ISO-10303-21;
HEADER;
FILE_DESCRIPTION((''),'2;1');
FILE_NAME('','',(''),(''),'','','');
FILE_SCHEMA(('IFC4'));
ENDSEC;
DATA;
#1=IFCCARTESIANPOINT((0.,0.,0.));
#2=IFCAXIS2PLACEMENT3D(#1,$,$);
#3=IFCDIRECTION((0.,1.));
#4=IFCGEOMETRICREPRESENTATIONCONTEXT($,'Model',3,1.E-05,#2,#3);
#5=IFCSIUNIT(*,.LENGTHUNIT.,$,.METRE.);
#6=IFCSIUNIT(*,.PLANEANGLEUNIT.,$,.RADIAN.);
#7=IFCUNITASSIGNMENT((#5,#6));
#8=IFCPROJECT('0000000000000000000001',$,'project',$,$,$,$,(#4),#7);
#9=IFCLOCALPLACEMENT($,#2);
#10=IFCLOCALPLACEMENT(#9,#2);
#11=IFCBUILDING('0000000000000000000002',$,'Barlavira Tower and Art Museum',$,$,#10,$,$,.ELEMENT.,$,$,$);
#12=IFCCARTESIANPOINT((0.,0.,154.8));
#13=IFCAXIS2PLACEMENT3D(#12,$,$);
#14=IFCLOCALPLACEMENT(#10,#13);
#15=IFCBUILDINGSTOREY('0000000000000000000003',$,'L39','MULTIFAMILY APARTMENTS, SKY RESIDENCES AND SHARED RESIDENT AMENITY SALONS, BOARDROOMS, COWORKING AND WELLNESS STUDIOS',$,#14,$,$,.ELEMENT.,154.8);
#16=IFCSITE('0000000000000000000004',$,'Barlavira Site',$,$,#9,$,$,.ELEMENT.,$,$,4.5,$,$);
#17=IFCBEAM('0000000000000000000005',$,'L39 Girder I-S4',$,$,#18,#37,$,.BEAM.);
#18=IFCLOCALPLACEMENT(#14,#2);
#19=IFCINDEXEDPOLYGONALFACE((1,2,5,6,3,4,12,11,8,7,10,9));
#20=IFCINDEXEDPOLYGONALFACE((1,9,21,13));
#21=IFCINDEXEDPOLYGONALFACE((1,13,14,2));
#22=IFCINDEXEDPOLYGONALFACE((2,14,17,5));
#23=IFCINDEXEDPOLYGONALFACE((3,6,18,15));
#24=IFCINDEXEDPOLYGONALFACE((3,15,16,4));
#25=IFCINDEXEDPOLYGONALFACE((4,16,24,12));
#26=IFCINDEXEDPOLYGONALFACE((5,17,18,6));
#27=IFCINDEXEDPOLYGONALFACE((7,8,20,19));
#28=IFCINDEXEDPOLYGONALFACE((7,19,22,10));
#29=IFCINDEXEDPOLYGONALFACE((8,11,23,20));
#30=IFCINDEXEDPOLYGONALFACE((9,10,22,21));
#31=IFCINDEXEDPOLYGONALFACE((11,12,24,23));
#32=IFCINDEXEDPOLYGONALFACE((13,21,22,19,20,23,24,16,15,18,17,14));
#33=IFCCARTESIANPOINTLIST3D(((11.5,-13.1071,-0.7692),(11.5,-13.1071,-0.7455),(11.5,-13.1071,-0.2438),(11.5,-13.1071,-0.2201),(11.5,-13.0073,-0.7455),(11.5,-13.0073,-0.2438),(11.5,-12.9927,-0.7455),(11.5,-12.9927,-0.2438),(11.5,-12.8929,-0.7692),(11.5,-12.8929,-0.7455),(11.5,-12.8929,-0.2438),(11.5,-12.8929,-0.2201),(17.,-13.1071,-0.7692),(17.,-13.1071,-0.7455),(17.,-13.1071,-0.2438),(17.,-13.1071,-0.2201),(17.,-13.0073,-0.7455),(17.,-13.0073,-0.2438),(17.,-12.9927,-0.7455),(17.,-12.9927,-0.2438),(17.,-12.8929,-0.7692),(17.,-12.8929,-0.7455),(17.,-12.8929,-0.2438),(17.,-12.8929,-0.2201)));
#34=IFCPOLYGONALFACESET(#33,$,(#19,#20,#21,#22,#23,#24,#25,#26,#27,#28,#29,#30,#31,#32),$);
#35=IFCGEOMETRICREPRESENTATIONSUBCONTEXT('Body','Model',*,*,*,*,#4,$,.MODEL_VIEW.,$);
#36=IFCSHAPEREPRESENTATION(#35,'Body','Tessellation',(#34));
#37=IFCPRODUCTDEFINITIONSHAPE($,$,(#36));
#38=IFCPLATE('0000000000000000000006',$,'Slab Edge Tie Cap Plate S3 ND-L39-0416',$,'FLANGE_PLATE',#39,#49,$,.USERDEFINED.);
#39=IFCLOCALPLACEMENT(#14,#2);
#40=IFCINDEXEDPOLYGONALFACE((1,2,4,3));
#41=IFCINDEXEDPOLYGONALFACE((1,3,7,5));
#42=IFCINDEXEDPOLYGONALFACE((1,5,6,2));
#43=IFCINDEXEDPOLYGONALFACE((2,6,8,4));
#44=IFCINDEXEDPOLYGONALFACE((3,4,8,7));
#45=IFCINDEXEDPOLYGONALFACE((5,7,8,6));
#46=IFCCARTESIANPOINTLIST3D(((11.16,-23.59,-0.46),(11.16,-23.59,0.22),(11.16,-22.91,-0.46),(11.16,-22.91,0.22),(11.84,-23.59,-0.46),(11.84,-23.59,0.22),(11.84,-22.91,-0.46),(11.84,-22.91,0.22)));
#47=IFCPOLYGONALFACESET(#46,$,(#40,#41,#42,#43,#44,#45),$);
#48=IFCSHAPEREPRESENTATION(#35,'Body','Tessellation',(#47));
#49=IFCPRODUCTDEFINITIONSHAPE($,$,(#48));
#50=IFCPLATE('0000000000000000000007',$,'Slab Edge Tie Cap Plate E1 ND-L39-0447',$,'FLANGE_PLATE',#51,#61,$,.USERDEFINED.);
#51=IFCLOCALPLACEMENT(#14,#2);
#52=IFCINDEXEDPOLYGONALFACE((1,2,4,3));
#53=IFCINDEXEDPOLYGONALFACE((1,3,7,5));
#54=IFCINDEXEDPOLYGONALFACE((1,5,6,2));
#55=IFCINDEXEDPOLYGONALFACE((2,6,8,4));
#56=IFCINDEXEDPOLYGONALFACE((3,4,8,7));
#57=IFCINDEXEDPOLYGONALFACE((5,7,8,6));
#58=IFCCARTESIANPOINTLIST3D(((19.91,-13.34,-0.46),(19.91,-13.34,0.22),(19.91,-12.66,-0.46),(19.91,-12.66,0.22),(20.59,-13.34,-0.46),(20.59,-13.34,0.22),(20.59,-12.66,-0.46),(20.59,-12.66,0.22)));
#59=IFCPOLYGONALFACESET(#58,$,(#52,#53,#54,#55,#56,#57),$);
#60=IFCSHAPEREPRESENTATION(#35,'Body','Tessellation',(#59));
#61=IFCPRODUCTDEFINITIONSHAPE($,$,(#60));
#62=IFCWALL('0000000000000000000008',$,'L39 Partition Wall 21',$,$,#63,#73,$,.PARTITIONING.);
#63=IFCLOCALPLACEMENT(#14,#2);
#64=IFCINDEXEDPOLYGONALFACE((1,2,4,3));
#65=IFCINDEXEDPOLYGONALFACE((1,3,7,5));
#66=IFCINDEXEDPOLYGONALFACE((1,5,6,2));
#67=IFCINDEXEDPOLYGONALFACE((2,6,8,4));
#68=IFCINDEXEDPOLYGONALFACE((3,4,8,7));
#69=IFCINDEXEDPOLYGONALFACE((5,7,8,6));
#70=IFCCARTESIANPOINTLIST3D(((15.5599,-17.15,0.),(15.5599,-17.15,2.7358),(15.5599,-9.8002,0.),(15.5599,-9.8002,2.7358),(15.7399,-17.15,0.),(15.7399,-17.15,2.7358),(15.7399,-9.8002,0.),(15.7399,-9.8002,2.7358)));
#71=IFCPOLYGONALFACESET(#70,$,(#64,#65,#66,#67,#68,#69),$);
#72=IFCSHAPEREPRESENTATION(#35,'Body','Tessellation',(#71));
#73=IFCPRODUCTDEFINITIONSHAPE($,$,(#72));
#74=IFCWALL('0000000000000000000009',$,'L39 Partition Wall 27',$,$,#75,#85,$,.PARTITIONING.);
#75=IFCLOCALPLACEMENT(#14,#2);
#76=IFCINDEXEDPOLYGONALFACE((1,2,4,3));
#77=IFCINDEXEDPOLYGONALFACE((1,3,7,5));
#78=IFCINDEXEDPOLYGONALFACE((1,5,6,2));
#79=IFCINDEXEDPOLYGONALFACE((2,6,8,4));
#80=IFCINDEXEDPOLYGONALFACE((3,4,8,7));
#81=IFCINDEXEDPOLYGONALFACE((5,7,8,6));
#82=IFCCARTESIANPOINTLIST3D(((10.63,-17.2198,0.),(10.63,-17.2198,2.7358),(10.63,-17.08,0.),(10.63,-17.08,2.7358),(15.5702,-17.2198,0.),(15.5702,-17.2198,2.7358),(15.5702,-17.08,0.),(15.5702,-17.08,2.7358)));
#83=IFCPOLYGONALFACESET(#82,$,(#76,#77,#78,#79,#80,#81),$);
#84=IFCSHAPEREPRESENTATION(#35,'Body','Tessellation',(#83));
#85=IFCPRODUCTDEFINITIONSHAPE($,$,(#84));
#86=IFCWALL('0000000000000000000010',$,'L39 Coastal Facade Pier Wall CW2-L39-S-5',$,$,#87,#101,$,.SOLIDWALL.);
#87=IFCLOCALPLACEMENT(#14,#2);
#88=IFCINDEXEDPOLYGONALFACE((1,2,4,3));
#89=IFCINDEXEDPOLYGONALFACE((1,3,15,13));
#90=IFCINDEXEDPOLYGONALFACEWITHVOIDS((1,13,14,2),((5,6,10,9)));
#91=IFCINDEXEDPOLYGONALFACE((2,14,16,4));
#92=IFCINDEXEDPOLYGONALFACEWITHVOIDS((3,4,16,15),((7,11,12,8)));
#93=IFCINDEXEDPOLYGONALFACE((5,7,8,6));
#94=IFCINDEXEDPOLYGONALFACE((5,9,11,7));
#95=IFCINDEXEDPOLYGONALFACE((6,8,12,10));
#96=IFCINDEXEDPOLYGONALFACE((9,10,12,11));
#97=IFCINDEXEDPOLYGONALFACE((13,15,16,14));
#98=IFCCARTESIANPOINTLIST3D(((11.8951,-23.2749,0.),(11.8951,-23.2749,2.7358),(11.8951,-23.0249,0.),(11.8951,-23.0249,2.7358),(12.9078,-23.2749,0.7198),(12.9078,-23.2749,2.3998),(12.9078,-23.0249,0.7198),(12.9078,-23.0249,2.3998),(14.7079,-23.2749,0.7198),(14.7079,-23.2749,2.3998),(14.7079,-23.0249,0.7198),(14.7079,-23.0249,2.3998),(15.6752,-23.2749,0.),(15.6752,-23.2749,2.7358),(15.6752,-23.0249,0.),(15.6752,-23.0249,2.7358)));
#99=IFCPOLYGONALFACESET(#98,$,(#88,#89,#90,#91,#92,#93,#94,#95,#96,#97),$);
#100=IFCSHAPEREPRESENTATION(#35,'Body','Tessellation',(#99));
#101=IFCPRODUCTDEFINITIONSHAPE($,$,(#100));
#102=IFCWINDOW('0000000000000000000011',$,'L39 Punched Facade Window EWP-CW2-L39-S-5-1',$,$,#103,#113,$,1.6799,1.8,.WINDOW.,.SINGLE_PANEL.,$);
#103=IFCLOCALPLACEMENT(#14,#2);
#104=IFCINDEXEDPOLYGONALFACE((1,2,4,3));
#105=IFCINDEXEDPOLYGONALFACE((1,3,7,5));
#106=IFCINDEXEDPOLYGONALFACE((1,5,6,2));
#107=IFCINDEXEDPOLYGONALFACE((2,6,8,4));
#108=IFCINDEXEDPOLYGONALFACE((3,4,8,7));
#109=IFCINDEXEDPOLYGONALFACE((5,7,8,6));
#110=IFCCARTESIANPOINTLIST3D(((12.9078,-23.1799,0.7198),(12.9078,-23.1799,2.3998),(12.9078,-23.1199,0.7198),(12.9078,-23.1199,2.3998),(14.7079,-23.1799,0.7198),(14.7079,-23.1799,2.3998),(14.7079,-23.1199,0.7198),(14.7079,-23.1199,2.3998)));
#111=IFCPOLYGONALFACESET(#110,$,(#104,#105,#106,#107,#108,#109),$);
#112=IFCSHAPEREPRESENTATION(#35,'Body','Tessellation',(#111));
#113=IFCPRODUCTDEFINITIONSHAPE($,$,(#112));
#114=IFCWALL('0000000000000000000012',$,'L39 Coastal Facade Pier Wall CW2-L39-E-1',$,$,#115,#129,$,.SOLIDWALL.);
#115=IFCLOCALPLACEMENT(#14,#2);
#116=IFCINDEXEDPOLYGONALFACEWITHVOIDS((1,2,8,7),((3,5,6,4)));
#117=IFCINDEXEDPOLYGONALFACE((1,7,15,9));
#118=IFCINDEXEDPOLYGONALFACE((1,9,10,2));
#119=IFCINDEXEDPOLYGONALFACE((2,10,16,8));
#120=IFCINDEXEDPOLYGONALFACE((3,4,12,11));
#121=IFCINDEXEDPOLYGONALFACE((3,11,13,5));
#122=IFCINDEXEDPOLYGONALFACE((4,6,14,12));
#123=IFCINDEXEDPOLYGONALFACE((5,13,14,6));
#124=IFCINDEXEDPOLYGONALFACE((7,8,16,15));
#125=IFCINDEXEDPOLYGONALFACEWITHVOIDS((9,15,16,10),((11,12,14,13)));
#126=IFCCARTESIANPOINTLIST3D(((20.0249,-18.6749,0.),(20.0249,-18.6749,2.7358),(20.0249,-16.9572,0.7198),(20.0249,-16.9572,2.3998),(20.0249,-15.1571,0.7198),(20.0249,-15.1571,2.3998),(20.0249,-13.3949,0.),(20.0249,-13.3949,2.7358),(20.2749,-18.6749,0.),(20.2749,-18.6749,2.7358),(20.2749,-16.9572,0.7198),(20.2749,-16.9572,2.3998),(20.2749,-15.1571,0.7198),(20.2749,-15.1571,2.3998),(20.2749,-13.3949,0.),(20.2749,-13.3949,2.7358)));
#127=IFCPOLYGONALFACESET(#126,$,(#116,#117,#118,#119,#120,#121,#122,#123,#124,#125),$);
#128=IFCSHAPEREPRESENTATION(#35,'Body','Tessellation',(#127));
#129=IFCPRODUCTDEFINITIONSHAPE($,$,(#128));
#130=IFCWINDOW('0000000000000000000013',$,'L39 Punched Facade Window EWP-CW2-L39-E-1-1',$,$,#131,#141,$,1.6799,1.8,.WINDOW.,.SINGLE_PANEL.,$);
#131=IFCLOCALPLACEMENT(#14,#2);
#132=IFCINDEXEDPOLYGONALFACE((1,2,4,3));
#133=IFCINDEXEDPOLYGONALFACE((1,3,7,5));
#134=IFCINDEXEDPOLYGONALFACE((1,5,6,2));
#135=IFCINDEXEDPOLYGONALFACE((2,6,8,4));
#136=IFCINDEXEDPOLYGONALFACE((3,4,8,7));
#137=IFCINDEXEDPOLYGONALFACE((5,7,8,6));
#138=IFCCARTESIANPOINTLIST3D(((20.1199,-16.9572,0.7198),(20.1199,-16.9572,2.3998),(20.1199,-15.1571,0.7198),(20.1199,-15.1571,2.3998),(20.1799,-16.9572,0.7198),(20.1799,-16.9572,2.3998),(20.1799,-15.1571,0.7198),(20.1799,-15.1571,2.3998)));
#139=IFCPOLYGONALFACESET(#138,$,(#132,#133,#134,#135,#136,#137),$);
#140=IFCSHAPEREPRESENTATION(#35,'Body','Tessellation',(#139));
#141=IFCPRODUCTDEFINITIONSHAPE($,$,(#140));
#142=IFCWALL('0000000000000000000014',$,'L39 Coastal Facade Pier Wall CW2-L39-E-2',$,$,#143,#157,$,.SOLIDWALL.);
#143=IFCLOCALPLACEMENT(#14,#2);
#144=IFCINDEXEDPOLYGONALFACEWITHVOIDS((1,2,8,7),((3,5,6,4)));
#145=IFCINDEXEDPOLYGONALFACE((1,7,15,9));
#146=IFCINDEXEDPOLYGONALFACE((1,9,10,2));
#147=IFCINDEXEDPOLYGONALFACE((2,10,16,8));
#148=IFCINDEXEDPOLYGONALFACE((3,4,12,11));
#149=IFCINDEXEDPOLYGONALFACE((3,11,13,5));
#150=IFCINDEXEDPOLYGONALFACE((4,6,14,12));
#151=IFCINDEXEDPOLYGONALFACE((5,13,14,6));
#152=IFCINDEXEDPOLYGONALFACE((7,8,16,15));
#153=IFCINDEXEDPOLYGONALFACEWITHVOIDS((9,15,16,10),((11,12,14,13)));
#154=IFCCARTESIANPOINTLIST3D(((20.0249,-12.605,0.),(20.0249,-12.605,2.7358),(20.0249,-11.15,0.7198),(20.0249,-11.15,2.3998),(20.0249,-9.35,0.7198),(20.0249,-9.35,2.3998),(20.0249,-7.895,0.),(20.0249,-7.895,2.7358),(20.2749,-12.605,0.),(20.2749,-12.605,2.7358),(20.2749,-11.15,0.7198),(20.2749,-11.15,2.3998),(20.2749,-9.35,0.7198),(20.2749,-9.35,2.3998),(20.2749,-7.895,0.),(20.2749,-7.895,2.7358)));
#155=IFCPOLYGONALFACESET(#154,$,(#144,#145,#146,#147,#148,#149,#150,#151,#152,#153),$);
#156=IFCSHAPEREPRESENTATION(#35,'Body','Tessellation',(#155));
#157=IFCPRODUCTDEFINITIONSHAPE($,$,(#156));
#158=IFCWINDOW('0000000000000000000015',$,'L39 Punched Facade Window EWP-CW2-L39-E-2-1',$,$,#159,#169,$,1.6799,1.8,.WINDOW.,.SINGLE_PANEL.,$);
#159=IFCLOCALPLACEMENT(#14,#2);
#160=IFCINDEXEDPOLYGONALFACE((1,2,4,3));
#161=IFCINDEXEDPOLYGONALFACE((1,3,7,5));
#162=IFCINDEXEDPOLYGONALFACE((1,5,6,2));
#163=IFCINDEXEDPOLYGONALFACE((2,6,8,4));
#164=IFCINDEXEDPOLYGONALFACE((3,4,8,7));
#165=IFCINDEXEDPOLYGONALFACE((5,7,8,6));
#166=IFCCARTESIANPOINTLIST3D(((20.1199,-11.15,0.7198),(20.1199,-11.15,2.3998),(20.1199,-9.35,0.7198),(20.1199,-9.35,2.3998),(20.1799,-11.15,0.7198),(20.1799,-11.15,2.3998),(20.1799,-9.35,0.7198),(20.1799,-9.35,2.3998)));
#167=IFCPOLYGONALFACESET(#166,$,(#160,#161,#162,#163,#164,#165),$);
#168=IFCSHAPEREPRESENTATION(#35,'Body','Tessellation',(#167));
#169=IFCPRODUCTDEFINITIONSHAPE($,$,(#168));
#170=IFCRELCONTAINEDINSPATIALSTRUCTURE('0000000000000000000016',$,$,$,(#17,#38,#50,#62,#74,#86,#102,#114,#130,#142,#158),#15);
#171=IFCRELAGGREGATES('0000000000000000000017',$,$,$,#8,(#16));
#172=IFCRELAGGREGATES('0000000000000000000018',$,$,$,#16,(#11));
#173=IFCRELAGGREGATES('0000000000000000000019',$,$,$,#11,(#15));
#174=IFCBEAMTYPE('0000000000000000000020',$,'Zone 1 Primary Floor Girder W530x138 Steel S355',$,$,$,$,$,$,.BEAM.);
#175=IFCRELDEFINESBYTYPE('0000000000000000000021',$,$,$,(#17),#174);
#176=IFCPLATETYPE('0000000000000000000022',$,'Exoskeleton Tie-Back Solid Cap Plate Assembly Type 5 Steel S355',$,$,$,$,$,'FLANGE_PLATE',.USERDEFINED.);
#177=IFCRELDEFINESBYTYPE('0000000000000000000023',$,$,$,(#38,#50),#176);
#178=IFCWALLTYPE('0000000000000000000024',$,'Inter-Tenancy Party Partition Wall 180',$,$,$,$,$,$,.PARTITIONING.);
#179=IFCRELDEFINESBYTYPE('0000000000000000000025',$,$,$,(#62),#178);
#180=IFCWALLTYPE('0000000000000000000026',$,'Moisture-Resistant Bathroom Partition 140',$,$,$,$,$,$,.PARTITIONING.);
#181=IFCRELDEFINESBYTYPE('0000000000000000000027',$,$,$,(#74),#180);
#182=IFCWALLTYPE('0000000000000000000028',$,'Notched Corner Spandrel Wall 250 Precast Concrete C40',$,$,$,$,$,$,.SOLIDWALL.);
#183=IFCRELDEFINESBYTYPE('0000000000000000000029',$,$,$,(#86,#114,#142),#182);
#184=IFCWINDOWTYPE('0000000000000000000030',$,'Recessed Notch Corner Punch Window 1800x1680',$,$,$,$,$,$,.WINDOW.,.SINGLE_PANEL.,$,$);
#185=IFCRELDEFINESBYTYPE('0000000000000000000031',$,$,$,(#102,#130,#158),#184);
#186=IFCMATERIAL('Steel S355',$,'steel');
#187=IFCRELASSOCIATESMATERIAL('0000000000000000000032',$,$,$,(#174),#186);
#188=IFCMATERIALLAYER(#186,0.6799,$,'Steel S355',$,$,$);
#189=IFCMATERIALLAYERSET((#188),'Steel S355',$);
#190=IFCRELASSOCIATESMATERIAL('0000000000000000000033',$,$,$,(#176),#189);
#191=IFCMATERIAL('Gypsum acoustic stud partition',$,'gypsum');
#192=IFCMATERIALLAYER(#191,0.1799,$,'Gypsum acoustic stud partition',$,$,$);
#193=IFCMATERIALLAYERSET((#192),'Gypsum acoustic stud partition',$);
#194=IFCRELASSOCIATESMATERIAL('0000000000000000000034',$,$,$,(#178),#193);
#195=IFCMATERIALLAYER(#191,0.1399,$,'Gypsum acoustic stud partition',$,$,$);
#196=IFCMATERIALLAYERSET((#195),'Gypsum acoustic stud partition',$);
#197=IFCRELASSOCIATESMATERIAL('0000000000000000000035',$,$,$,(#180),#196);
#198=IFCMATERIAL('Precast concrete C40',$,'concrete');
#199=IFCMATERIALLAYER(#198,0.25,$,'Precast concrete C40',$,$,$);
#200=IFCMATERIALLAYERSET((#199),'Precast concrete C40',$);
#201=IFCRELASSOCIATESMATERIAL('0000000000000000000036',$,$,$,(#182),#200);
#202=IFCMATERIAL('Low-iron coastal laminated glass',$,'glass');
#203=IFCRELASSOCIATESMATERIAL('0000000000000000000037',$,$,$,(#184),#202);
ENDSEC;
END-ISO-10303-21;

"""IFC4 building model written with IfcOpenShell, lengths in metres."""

from ifc_helpers import new_model, si_unit, direction, frame, frame_2d, origin, origin_2d, place, context, subcontext, project, spatial, rectangle, i_section, extrude, material, layer, layer_set, material_profile, profile_set, type_object, element, fill, save


model = new_model("IFC4")

# Units and contexts
model_context = context("Model", 3, precision=1e-05, world=origin(), true_north=direction((0.0, 1.0)))
body_context = subcontext(model_context, "Body", "Model", "MODEL_VIEW")
ifc_project = project(units=[si_unit("LENGTHUNIT", "METRE"), si_unit("PLANEANGLEUNIT", "RADIAN")], contexts=[model_context])

# Site, building, storey
site_placement = place(None, origin())
site = spatial("IfcSite", under=ifc_project, at=site_placement, Name="Barlavira Site", CompositionType="ELEMENT", RefElevation=4.5)
building_placement = place(site_placement, origin())
building = spatial("IfcBuilding", under=site, at=building_placement, Name="Barlavira Tower and Art Museum", CompositionType="ELEMENT")
storey_placement = place(building_placement, frame((0.0, 0.0, 154.8)))
storey = spatial("IfcBuildingStorey", under=building, at=storey_placement, Name="L39", Description="MULTIFAMILY APARTMENTS, SKY RESIDENCES AND SHARED RESIDENT AMENITY SALONS, BOARDROOMS, COWORKING AND WELLNESS STUDIOS", CompositionType="ELEMENT", Elevation=154.8)

# Shared definitions
ifc_material_1 = material(Name="Steel S355", Category="steel")

# Beam
ifc_material_profile_1 = material_profile(ifc_material_1, i_section(OverallWidth=0.2141, OverallDepth=0.5491, WebThickness=0.0146, FlangeThickness=0.0237, at=origin_2d()), Name="W530x138.0")
ifc_profile_set_1 = profile_set([ifc_material_profile_1], Name="Steel S355")
beam_type_1 = type_object("IfcBeamType", Name="Zone 1 Primary Floor Girder W530x138 Steel S355", PredefinedType="BEAM", material=ifc_profile_set_1)
for number, where, z_axis, x_axis, name in (
    (1, (11.5, -13.0, -0.4946), (1.0, 0.0, 0.0), (0.0, 1.0, 0.0), "L39 Girder I-S4"),
):
    element("IfcBeam", number, at=place(storey_placement, frame(where, z_axis=z_axis, x_axis=x_axis)), inside=storey, type_object=beam_type_1, Name=name, PredefinedType="BEAM", context=body_context, shape_type="SweptSolid", body=[
        extrude(i_section(OverallWidth=0.2141, OverallDepth=0.5491, WebThickness=0.0146, FlangeThickness=0.0237, at=origin_2d()), origin(), (0.0, 0.0, 1.0), 5.5),
    ])

# Plates
ifc_layer_1 = layer(ifc_material_1, 0.6799, Name="Steel S355")
ifc_layer_set_1 = layer_set([ifc_layer_1], Name="Steel S355")
plate_type = type_object("IfcPlateType", Name="Exoskeleton Tie-Back Solid Cap Plate Assembly Type 5 Steel S355", ElementType="FLANGE_PLATE", PredefinedType="USERDEFINED", material=ifc_layer_set_1)
for number, where, z_axis, x_axis, name in (
    (2, (11.5, -23.25, -0.46), (0.0, 0.0, 1.0), (1.0, 0.0, 0.0), "Slab Edge Tie Cap Plate S3 ND-L39-0416"),
    (3, (20.25, -13.0, -0.46), (0.0, 0.0, 1.0), (1.0, 0.0, 0.0), "Slab Edge Tie Cap Plate E1 ND-L39-0447"),
):
    element("IfcPlate", number, at=place(storey_placement, frame(where, z_axis=z_axis, x_axis=x_axis)), inside=storey, type_object=plate_type, Name=name, ObjectType="FLANGE_PLATE", PredefinedType="USERDEFINED", context=body_context, shape_type="SweptSolid", body=[
        extrude(rectangle(XDim=0.6799, YDim=0.6799, at=origin_2d()), origin(), (0.0, 0.0, 1.0), 0.6799),
    ])

# Walls
ifc_material_2 = material(Name="Gypsum acoustic stud partition", Category="gypsum")
ifc_layer_2 = layer(ifc_material_2, 0.1799, Name="Gypsum acoustic stud partition")
ifc_layer_set_2 = layer_set([ifc_layer_2], Name="Gypsum acoustic stud partition")
wall_type_1 = type_object("IfcWallType", Name="Inter-Tenancy Party Partition Wall 180", PredefinedType="PARTITIONING", material=ifc_layer_set_2)
wall_1_placement = place(storey_placement, frame((15.6499, -17.1499, 0.0), z_axis=(0.0, 0.0, 1.0), x_axis=(0.0, 1.0, 0.0)))
element("IfcWall", 4, at=wall_1_placement, inside=storey, type_object=wall_type_1, Name="L39 Partition Wall 21", PredefinedType="PARTITIONING", context=body_context, shape_type="SweptSolid", body=[
    extrude(rectangle(XDim=7.3499, YDim=0.1799, at=frame_2d((3.6748, 0.0))), origin(), (0.0, 0.0, 1.0), 2.7358),
])
ifc_layer_3 = layer(ifc_material_2, 0.1399, Name="Gypsum acoustic stud partition")
ifc_layer_set_3 = layer_set([ifc_layer_3], Name="Gypsum acoustic stud partition")
wall_type_2 = type_object("IfcWallType", Name="Moisture-Resistant Bathroom Partition 140", PredefinedType="PARTITIONING", material=ifc_layer_set_3)
wall_2_placement = place(storey_placement, frame((10.6299, -17.1499, 0.0), z_axis=(0.0, 0.0, 1.0), x_axis=(1.0, 0.0, 0.0)))
element("IfcWall", 5, at=wall_2_placement, inside=storey, type_object=wall_type_2, Name="L39 Partition Wall 27", PredefinedType="PARTITIONING", context=body_context, shape_type="SweptSolid", body=[
    extrude(rectangle(XDim=4.9402, YDim=0.1399, at=frame_2d((2.4702, 0.0))), origin(), (0.0, 0.0, 1.0), 2.7358),
])

# Walls, openings, windows
ifc_material_3 = material(Name="Precast concrete C40", Category="concrete")
ifc_layer_4 = layer(ifc_material_3, 0.25, Name="Precast concrete C40")
ifc_layer_set_4 = layer_set([ifc_layer_4], Name="Precast concrete C40")
wall_type_3 = type_object("IfcWallType", Name="Notched Corner Spandrel Wall 250 Precast Concrete C40", PredefinedType="SOLIDWALL", material=ifc_layer_set_4)
wall_3_placement = place(storey_placement, frame((11.895, -23.1499, 0.0), z_axis=(0.0, 0.0, 1.0), x_axis=(1.0, 0.0, 0.0)))
wall_3 = element("IfcWall", 6, at=wall_3_placement, inside=storey, type_object=wall_type_3, Name="L39 Coastal Facade Pier Wall CW2-L39-S-5", PredefinedType="SOLIDWALL", context=body_context, shape_type="SweptSolid", body=[
    extrude(rectangle(XDim=3.78, YDim=0.25, at=frame_2d((1.8901, 0.0))), origin(), (0.0, 0.0, 1.0), 2.7358),
])
opening_1_placement = place(wall_3_placement, frame((1.0129, 0.0, 0.72)))
opening_1 = element("IfcOpeningElement", 7, at=opening_1_placement, cuts=wall_3, PredefinedType="OPENING", context=body_context, shape_type="SweptSolid", body=[
    extrude(rectangle(XDim=1.8, YDim=1.6799, at=frame_2d((0.8999, 0.8398))), frame((0.0, 0.135, 0.0), z_axis=(0.0, -1.0, 0.0), x_axis=(1.0, 0.0, 0.0)), (0.0, 0.0, 1.0), 0.27),
])
ifc_material_4 = material(Name="Low-iron coastal laminated glass", Category="glass")
window_type = type_object("IfcWindowType", Name="Recessed Notch Corner Punch Window 1800x1680", PartitioningType="SINGLE_PANEL", PredefinedType="WINDOW", material=ifc_material_4)
window_1_placement = place(opening_1_placement, origin())
window_1 = element("IfcWindow", 8, at=window_1_placement, inside=storey, type_object=window_type, Name="L39 Punched Facade Window EWP-CW2-L39-S-5-1", OverallHeight=1.6799, OverallWidth=1.8, PartitioningType="SINGLE_PANEL", PredefinedType="WINDOW", context=body_context, shape_type="SweptSolid", body=[
    extrude(rectangle(XDim=1.8, YDim=1.6799, at=frame_2d((0.8999, 0.8398))), frame((0.0, 0.03, 0.0), z_axis=(0.0, -1.0, 0.0), x_axis=(1.0, 0.0, 0.0)), (0.0, 0.0, 1.0), 0.0601),
])
fill(opening_1, window_1)
wall_4_placement = place(storey_placement, frame((20.1499, -18.675, 0.0), z_axis=(0.0, 0.0, 1.0), x_axis=(0.0, 1.0, 0.0)))
wall_4 = element("IfcWall", 9, at=wall_4_placement, inside=storey, type_object=wall_type_3, Name="L39 Coastal Facade Pier Wall CW2-L39-E-1", PredefinedType="SOLIDWALL", context=body_context, shape_type="SweptSolid", body=[
    extrude(rectangle(XDim=5.28, YDim=0.25, at=frame_2d((2.6401, 0.0))), origin(), (0.0, 0.0, 1.0), 2.7358),
])
opening_2_placement = place(wall_4_placement, frame((1.718, 0.0, 0.72)))
opening_2 = element("IfcOpeningElement", 10, at=opening_2_placement, cuts=wall_4, PredefinedType="OPENING", context=body_context, shape_type="SweptSolid", body=[
    extrude(rectangle(XDim=1.8, YDim=1.6799, at=frame_2d((0.8999, 0.8398))), frame((0.0, 0.135, 0.0), z_axis=(0.0, -1.0, 0.0), x_axis=(1.0, 0.0, 0.0)), (0.0, 0.0, 1.0), 0.27),
])
window_2_placement = place(opening_2_placement, origin())
window_2 = element("IfcWindow", 11, at=window_2_placement, inside=storey, type_object=window_type, Name="L39 Punched Facade Window EWP-CW2-L39-E-1-1", OverallHeight=1.6799, OverallWidth=1.8, PartitioningType="SINGLE_PANEL", PredefinedType="WINDOW", context=body_context, shape_type="SweptSolid", body=[
    extrude(rectangle(XDim=1.8, YDim=1.6799, at=frame_2d((0.8999, 0.8398))), frame((0.0, 0.03, 0.0), z_axis=(0.0, -1.0, 0.0), x_axis=(1.0, 0.0, 0.0)), (0.0, 0.0, 1.0), 0.0601),
])
fill(opening_2, window_2)
wall_5_placement = place(storey_placement, frame((20.1499, -12.605, 0.0), z_axis=(0.0, 0.0, 1.0), x_axis=(0.0, 1.0, 0.0)))
wall_5 = element("IfcWall", 12, at=wall_5_placement, inside=storey, type_object=wall_type_3, Name="L39 Coastal Facade Pier Wall CW2-L39-E-2", PredefinedType="SOLIDWALL", context=body_context, shape_type="SweptSolid", body=[
    extrude(rectangle(XDim=4.71, YDim=0.25, at=frame_2d((2.355, 0.0))), origin(), (0.0, 0.0, 1.0), 2.7358),
])
opening_3_placement = place(wall_5_placement, frame((1.4551, 0.0, 0.72)))
opening_3 = element("IfcOpeningElement", 13, at=opening_3_placement, cuts=wall_5, PredefinedType="OPENING", context=body_context, shape_type="SweptSolid", body=[
    extrude(rectangle(XDim=1.8, YDim=1.6799, at=frame_2d((0.8999, 0.8398))), frame((0.0, 0.135, 0.0), z_axis=(0.0, -1.0, 0.0), x_axis=(1.0, 0.0, 0.0)), (0.0, 0.0, 1.0), 0.27),
])
window_3_placement = place(opening_3_placement, origin())
window_3 = element("IfcWindow", 14, at=window_3_placement, inside=storey, type_object=window_type, Name="L39 Punched Facade Window EWP-CW2-L39-E-2-1", OverallHeight=1.6799, OverallWidth=1.8, PartitioningType="SINGLE_PANEL", PredefinedType="WINDOW", context=body_context, shape_type="SweptSolid", body=[
    extrude(rectangle(XDim=1.8, YDim=1.6799, at=frame_2d((0.8999, 0.8398))), frame((0.0, 0.03, 0.0), z_axis=(0.0, -1.0, 0.0), x_axis=(1.0, 0.0, 0.0)), (0.0, 0.0, 1.0), 0.0601),
])
fill(opening_3, window_3)

save(model, "model.ifc")
